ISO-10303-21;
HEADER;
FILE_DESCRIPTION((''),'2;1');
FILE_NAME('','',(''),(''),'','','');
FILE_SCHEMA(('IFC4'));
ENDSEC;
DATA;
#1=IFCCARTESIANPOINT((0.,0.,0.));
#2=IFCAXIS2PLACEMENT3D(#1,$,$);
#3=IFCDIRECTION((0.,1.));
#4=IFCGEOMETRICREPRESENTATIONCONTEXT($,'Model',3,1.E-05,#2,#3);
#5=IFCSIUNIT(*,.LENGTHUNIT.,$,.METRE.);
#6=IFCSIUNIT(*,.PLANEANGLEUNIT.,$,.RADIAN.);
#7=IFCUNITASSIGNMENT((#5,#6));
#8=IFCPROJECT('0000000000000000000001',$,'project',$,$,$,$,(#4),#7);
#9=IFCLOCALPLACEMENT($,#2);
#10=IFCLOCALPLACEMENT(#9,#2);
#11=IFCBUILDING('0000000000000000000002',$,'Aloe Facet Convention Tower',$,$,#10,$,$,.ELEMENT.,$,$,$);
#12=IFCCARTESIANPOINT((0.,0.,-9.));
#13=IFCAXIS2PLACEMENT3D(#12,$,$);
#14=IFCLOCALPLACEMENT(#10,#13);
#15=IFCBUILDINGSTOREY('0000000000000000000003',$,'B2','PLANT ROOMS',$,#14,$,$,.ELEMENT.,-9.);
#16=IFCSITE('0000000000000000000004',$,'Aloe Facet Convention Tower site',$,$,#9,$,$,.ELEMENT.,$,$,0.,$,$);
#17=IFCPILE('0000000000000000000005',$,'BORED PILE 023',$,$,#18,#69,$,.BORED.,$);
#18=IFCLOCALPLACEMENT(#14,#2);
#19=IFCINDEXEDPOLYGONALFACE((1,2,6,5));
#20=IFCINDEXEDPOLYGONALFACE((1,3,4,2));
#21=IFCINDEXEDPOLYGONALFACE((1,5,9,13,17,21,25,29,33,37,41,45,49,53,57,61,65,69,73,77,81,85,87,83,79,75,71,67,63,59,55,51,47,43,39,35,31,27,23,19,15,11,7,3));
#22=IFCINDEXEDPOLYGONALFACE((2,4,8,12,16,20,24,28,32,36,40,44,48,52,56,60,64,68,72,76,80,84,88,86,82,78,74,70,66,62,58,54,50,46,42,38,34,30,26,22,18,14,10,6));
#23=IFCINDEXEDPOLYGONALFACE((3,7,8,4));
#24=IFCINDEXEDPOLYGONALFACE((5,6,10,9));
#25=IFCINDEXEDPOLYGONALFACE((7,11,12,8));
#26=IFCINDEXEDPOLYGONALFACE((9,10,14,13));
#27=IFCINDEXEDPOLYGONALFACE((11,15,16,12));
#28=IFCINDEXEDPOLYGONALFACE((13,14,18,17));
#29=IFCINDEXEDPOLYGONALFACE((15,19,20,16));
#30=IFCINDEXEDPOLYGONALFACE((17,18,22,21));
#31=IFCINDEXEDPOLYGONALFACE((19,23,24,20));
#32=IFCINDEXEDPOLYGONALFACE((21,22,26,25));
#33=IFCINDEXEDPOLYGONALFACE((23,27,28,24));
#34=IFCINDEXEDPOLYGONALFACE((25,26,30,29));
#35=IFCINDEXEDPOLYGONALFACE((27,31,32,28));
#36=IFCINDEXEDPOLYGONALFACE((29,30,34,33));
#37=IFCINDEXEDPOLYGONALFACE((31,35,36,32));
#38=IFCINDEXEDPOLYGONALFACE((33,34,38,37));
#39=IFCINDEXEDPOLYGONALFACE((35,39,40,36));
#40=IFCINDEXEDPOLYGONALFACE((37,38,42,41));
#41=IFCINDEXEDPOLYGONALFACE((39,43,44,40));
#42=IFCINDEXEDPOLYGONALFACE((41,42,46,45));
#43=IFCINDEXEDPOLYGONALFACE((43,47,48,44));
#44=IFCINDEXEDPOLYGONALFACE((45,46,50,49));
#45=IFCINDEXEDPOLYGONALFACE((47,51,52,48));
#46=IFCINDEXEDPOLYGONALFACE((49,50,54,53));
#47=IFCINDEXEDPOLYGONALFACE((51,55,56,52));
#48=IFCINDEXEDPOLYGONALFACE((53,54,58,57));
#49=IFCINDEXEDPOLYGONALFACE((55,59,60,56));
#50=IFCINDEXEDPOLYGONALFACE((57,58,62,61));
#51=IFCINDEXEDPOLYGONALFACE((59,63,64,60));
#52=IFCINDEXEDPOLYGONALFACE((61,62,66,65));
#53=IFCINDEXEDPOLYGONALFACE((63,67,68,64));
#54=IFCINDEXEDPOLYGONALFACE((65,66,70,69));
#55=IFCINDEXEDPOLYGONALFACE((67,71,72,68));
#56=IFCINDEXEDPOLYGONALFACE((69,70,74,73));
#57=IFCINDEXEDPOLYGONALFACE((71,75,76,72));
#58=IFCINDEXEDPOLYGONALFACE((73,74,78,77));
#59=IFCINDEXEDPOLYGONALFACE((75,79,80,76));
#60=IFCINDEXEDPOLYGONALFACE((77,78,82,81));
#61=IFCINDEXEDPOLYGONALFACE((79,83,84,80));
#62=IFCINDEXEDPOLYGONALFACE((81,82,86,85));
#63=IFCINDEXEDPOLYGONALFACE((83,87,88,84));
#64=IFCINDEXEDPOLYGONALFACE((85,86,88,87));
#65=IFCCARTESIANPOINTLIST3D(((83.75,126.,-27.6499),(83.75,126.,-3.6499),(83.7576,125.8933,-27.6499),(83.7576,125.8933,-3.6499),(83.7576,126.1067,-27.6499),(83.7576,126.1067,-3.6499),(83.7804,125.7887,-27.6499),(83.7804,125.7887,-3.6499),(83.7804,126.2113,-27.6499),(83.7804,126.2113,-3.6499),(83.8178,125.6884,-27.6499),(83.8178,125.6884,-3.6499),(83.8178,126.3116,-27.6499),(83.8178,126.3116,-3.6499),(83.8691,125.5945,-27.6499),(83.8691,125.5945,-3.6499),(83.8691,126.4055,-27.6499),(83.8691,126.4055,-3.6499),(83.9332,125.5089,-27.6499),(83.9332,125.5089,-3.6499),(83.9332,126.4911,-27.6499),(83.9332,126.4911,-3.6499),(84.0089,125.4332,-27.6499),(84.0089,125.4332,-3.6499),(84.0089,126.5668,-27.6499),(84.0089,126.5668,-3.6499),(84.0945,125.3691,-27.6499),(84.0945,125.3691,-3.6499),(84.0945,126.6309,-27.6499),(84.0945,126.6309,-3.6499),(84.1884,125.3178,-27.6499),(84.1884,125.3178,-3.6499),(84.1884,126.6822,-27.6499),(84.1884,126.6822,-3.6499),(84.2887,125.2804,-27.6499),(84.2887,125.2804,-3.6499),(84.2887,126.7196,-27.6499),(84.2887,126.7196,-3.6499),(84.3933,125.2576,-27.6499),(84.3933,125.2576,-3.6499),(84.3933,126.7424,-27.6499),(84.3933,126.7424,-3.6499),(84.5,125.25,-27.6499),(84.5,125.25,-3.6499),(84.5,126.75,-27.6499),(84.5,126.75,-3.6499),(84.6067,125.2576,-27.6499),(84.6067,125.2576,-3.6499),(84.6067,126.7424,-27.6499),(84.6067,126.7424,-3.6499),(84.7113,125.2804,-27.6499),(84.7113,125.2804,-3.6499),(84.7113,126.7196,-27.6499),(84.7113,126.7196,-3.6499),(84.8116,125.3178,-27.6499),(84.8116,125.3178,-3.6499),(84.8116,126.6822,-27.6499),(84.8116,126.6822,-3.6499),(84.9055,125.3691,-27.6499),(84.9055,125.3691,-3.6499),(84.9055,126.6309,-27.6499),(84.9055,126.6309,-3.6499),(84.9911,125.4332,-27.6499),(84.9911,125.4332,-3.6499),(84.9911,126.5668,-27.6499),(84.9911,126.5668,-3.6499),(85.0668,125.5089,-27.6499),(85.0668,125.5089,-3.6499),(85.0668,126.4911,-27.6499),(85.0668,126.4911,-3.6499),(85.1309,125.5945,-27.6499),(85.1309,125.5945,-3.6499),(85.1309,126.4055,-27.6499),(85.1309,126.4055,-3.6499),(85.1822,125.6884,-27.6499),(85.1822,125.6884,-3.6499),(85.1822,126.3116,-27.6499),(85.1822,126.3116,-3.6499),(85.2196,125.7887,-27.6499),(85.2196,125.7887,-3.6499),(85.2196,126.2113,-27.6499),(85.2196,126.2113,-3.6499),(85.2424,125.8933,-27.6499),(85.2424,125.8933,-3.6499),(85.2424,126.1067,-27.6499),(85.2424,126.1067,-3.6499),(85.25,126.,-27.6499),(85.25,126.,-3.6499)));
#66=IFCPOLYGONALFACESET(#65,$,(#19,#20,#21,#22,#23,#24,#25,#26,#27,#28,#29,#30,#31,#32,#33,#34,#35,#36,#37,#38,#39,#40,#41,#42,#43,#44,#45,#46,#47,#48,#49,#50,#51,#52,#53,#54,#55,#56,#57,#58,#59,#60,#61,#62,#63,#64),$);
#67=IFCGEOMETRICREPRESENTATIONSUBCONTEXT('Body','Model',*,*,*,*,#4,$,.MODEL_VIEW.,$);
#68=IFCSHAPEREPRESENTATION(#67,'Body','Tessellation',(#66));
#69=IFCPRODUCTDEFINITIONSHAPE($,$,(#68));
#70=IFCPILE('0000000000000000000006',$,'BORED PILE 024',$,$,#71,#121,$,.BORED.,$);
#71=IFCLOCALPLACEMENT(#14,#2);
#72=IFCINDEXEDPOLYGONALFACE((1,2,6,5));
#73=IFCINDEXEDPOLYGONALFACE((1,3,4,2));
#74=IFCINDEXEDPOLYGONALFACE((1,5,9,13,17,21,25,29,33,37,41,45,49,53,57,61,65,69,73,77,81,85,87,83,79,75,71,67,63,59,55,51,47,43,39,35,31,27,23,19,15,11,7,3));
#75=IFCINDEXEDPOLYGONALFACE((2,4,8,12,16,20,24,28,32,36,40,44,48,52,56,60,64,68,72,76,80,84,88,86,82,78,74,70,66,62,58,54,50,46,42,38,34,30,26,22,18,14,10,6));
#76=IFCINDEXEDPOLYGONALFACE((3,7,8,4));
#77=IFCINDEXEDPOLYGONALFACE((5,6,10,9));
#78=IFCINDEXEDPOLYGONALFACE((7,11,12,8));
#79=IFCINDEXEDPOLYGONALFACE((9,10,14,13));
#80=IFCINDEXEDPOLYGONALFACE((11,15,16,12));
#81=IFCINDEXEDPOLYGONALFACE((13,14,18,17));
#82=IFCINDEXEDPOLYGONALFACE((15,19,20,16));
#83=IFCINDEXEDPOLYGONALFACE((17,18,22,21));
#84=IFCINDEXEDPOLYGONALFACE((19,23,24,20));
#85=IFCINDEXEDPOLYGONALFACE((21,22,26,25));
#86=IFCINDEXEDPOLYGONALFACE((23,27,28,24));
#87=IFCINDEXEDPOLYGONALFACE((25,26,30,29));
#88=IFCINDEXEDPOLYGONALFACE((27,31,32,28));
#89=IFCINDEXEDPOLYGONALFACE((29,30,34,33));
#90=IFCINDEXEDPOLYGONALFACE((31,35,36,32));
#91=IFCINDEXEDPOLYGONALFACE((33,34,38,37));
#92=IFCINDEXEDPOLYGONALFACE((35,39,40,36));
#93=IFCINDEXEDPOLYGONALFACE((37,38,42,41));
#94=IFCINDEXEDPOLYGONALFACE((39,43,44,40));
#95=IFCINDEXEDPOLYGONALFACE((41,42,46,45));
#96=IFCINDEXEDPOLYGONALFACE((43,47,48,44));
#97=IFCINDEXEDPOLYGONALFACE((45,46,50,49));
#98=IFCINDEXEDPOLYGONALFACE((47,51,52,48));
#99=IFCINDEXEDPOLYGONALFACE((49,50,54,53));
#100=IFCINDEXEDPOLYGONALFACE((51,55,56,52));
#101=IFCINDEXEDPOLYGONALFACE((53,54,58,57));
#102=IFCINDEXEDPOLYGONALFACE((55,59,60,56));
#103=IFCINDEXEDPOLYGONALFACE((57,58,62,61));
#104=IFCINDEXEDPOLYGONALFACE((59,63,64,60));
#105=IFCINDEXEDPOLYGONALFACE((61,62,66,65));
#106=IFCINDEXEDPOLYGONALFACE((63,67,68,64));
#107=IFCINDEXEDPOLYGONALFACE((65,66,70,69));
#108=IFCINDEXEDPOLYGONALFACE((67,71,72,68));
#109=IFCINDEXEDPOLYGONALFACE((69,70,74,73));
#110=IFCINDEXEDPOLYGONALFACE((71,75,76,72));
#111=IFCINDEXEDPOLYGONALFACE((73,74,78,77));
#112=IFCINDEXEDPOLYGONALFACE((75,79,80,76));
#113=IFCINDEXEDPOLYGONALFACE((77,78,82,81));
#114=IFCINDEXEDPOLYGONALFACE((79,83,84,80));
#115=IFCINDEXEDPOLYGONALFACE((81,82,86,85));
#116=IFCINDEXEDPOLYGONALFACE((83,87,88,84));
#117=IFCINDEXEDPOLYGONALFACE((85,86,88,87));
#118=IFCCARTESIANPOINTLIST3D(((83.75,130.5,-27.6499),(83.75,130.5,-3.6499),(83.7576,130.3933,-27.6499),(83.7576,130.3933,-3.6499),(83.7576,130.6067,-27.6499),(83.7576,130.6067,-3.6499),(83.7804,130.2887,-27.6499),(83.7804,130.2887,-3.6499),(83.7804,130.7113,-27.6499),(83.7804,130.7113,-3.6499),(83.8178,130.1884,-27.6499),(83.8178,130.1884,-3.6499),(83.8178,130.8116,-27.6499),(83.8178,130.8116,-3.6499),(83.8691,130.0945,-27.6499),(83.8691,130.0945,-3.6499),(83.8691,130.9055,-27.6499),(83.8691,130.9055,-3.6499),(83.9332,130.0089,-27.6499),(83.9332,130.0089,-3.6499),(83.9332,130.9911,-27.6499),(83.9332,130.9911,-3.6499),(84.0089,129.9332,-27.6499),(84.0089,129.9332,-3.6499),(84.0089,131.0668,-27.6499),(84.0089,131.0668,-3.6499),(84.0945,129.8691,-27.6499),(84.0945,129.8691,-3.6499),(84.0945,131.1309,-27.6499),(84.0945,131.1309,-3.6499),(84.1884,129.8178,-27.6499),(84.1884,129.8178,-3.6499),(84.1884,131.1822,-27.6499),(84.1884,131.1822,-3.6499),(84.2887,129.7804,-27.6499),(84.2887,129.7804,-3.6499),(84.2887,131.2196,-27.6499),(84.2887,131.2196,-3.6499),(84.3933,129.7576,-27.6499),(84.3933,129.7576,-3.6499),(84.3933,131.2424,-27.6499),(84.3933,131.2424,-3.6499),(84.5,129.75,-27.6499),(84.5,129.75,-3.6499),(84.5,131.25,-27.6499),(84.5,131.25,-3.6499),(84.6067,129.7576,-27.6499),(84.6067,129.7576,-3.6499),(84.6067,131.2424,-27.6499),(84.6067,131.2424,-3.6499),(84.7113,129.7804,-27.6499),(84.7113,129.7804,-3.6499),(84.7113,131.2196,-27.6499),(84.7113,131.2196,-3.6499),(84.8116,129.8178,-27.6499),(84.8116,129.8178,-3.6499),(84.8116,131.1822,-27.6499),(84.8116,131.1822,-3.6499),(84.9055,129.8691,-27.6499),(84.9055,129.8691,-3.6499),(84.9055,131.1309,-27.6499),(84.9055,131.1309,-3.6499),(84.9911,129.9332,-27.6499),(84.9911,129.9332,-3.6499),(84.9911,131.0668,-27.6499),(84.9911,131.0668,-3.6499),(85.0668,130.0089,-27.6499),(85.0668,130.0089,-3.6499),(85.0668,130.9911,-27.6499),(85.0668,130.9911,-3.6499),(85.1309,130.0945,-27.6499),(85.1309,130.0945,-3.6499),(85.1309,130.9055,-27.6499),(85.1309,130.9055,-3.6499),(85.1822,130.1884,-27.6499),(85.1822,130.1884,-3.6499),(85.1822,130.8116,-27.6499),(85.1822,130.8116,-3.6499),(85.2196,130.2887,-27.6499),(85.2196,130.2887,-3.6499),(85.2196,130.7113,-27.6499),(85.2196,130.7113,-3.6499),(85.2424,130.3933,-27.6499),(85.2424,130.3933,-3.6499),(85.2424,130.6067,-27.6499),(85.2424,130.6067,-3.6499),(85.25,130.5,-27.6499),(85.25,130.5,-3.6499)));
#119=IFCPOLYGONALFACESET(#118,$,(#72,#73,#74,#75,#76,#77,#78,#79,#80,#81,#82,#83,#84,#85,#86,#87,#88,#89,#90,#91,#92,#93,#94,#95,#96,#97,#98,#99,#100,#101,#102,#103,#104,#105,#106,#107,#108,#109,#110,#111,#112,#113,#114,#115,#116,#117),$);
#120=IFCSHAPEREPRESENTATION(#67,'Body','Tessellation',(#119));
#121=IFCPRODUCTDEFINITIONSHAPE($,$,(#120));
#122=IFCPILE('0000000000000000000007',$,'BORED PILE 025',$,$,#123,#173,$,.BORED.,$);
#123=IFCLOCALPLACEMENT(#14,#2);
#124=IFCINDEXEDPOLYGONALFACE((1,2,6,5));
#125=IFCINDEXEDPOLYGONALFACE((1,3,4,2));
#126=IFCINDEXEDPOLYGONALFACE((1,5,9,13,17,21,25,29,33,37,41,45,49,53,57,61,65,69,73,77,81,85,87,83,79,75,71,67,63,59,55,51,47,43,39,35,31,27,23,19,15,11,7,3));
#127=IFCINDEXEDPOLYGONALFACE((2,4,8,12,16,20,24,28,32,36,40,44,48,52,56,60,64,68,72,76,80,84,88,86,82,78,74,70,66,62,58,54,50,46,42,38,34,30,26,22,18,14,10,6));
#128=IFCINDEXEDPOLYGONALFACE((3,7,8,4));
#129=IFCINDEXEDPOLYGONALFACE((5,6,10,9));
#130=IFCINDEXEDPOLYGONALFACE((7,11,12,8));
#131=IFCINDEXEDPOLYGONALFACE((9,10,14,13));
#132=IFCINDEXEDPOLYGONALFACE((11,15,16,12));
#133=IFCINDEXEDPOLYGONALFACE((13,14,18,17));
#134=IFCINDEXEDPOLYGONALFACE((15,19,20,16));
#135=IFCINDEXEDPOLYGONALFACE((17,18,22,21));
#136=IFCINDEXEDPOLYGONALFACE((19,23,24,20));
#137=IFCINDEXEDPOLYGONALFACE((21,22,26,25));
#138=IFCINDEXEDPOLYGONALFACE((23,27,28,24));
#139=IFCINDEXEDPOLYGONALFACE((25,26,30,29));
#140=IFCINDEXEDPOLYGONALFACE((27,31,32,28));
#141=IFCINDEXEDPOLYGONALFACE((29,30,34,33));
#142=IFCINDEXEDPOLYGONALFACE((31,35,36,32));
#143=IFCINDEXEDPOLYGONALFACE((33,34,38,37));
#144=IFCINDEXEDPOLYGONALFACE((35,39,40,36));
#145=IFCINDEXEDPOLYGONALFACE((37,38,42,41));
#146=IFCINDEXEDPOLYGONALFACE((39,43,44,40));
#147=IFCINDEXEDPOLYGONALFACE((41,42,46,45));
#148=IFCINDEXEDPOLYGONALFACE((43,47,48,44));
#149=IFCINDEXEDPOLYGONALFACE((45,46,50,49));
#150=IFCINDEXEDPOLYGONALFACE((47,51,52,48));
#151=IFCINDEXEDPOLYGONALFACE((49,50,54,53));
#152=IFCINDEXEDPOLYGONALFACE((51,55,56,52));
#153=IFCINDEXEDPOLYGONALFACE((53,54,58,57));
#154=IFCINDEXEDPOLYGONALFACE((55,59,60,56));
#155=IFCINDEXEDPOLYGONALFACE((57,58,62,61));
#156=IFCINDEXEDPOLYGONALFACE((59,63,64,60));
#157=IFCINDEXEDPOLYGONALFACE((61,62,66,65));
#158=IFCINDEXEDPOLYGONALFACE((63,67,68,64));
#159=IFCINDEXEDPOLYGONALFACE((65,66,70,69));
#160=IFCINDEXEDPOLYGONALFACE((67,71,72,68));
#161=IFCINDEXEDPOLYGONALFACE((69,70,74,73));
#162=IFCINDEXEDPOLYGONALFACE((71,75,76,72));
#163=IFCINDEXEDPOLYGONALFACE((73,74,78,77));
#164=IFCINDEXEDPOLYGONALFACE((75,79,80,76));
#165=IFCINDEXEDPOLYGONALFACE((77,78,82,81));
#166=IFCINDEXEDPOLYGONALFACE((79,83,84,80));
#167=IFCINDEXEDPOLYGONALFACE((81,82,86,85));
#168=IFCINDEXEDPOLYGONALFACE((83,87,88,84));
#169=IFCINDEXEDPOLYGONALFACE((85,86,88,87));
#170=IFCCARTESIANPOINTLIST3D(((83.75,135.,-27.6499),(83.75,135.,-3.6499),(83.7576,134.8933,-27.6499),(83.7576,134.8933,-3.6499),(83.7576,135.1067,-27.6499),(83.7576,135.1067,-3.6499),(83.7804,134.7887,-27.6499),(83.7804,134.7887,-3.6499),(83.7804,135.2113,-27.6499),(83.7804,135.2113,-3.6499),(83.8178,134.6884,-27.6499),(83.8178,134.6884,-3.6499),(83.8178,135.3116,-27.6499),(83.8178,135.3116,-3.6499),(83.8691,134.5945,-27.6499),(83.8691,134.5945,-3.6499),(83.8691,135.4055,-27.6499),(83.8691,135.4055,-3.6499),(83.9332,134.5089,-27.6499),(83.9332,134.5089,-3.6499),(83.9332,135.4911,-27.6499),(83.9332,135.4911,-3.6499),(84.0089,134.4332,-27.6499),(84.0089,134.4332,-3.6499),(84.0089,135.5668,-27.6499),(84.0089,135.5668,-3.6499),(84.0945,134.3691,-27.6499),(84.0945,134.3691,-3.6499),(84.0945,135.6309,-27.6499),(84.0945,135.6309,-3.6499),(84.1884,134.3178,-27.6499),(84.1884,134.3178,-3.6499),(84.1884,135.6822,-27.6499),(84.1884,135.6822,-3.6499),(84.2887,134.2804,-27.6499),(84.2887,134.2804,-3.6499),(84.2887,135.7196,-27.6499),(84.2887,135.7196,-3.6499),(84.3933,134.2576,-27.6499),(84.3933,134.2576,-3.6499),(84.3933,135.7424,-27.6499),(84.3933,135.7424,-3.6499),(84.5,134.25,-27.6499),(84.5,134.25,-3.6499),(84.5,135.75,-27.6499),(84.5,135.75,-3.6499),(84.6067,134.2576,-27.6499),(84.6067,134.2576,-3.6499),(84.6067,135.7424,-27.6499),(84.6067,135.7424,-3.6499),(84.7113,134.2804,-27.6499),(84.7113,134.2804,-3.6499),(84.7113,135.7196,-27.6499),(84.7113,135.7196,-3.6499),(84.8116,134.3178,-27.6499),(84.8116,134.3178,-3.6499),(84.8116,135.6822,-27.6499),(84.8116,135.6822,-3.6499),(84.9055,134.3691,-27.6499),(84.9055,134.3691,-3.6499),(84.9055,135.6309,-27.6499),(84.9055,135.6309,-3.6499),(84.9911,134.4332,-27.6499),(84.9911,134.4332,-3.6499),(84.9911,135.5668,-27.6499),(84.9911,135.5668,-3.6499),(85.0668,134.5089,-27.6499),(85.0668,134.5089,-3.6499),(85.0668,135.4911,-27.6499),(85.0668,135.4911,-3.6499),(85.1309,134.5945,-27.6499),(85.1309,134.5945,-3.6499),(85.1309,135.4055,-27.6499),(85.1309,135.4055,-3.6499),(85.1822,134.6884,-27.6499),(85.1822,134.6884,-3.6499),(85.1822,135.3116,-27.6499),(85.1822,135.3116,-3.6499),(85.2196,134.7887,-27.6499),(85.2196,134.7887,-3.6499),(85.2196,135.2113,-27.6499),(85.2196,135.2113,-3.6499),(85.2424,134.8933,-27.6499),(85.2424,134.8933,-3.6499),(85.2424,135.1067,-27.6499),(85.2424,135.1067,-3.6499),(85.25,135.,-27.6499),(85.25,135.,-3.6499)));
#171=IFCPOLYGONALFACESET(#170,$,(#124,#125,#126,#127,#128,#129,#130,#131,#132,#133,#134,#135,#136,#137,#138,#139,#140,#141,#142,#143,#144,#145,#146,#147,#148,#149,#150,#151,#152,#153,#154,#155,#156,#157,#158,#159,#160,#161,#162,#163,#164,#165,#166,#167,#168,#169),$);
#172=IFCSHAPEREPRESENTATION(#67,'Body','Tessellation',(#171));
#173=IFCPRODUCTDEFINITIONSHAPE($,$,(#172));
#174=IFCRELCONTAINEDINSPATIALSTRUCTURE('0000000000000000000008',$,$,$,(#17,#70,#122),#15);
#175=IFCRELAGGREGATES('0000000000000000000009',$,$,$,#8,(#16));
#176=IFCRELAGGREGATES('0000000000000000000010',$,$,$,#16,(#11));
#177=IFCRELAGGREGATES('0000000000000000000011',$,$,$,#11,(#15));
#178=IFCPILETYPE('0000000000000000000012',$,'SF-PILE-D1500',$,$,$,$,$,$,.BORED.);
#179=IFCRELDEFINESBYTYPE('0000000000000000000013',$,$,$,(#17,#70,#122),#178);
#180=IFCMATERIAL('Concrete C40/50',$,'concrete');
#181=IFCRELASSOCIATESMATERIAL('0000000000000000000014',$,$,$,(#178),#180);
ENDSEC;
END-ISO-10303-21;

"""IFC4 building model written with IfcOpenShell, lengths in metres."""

from ifc_helpers import new_model, si_unit, direction, frame, origin, origin_2d, place, context, subcontext, project, spatial, circle, extrude, material, material_profile, profile_set, type_object, element, save


model = new_model("IFC4")

# Units and contexts
model_context = context("Model", 3, precision=1e-05, world=origin(), true_north=direction((0.0, 1.0)))
body_context = subcontext(model_context, "Body", "Model", "MODEL_VIEW")
ifc_project = project(units=[si_unit("LENGTHUNIT", "METRE"), si_unit("PLANEANGLEUNIT", "RADIAN")], contexts=[model_context])

# Site, building, storey
site_placement = place(None, origin())
site = spatial("IfcSite", under=ifc_project, at=site_placement, Name="Aloe Facet Convention Tower site", CompositionType="ELEMENT", RefElevation=0.0)
building_placement = place(site_placement, origin())
building = spatial("IfcBuilding", under=site, at=building_placement, Name="Aloe Facet Convention Tower", CompositionType="ELEMENT")
storey_placement = place(building_placement, frame((0.0, 0.0, -9.0)))
storey = spatial("IfcBuildingStorey", under=building, at=storey_placement, Name="B2", Description="PLANT ROOMS", CompositionType="ELEMENT", Elevation=-9.0)

# Piles
ifc_material_1 = material(Name="Concrete C40/50", Category="concrete")
ifc_material_profile_1 = material_profile(ifc_material_1, circle(Radius=0.75, at=origin_2d()), Name="D1500")
ifc_profile_set_1 = profile_set([ifc_material_profile_1], Name="Concrete C40/50")
pile_type = type_object("IfcPileType", Name="SF-PILE-D1500", PredefinedType="BORED", material=ifc_profile_set_1)
for number, where, z_axis, x_axis, name in (
    (1, (84.5, 126.0, -3.6499), (0.0, 0.0, -1.0), (1.0, 0.0, 0.0), "BORED PILE 023"),
    (2, (84.5, 130.5, -3.6499), (0.0, 0.0, -1.0), (1.0, 0.0, 0.0), "BORED PILE 024"),
    (3, (84.5, 135.0, -3.6499), (0.0, 0.0, -1.0), (1.0, 0.0, 0.0), "BORED PILE 025"),
):
    element("IfcPile", number, at=place(storey_placement, frame(where, z_axis=z_axis, x_axis=x_axis)), inside=storey, type_object=pile_type, Name=name, PredefinedType="BORED", context=body_context, shape_type="SweptSolid", body=[
        extrude(circle(Radius=0.75, at=origin_2d()), origin(), (0.0, 0.0, 1.0), 24.0),
    ])

save(model, "model.ifc")
